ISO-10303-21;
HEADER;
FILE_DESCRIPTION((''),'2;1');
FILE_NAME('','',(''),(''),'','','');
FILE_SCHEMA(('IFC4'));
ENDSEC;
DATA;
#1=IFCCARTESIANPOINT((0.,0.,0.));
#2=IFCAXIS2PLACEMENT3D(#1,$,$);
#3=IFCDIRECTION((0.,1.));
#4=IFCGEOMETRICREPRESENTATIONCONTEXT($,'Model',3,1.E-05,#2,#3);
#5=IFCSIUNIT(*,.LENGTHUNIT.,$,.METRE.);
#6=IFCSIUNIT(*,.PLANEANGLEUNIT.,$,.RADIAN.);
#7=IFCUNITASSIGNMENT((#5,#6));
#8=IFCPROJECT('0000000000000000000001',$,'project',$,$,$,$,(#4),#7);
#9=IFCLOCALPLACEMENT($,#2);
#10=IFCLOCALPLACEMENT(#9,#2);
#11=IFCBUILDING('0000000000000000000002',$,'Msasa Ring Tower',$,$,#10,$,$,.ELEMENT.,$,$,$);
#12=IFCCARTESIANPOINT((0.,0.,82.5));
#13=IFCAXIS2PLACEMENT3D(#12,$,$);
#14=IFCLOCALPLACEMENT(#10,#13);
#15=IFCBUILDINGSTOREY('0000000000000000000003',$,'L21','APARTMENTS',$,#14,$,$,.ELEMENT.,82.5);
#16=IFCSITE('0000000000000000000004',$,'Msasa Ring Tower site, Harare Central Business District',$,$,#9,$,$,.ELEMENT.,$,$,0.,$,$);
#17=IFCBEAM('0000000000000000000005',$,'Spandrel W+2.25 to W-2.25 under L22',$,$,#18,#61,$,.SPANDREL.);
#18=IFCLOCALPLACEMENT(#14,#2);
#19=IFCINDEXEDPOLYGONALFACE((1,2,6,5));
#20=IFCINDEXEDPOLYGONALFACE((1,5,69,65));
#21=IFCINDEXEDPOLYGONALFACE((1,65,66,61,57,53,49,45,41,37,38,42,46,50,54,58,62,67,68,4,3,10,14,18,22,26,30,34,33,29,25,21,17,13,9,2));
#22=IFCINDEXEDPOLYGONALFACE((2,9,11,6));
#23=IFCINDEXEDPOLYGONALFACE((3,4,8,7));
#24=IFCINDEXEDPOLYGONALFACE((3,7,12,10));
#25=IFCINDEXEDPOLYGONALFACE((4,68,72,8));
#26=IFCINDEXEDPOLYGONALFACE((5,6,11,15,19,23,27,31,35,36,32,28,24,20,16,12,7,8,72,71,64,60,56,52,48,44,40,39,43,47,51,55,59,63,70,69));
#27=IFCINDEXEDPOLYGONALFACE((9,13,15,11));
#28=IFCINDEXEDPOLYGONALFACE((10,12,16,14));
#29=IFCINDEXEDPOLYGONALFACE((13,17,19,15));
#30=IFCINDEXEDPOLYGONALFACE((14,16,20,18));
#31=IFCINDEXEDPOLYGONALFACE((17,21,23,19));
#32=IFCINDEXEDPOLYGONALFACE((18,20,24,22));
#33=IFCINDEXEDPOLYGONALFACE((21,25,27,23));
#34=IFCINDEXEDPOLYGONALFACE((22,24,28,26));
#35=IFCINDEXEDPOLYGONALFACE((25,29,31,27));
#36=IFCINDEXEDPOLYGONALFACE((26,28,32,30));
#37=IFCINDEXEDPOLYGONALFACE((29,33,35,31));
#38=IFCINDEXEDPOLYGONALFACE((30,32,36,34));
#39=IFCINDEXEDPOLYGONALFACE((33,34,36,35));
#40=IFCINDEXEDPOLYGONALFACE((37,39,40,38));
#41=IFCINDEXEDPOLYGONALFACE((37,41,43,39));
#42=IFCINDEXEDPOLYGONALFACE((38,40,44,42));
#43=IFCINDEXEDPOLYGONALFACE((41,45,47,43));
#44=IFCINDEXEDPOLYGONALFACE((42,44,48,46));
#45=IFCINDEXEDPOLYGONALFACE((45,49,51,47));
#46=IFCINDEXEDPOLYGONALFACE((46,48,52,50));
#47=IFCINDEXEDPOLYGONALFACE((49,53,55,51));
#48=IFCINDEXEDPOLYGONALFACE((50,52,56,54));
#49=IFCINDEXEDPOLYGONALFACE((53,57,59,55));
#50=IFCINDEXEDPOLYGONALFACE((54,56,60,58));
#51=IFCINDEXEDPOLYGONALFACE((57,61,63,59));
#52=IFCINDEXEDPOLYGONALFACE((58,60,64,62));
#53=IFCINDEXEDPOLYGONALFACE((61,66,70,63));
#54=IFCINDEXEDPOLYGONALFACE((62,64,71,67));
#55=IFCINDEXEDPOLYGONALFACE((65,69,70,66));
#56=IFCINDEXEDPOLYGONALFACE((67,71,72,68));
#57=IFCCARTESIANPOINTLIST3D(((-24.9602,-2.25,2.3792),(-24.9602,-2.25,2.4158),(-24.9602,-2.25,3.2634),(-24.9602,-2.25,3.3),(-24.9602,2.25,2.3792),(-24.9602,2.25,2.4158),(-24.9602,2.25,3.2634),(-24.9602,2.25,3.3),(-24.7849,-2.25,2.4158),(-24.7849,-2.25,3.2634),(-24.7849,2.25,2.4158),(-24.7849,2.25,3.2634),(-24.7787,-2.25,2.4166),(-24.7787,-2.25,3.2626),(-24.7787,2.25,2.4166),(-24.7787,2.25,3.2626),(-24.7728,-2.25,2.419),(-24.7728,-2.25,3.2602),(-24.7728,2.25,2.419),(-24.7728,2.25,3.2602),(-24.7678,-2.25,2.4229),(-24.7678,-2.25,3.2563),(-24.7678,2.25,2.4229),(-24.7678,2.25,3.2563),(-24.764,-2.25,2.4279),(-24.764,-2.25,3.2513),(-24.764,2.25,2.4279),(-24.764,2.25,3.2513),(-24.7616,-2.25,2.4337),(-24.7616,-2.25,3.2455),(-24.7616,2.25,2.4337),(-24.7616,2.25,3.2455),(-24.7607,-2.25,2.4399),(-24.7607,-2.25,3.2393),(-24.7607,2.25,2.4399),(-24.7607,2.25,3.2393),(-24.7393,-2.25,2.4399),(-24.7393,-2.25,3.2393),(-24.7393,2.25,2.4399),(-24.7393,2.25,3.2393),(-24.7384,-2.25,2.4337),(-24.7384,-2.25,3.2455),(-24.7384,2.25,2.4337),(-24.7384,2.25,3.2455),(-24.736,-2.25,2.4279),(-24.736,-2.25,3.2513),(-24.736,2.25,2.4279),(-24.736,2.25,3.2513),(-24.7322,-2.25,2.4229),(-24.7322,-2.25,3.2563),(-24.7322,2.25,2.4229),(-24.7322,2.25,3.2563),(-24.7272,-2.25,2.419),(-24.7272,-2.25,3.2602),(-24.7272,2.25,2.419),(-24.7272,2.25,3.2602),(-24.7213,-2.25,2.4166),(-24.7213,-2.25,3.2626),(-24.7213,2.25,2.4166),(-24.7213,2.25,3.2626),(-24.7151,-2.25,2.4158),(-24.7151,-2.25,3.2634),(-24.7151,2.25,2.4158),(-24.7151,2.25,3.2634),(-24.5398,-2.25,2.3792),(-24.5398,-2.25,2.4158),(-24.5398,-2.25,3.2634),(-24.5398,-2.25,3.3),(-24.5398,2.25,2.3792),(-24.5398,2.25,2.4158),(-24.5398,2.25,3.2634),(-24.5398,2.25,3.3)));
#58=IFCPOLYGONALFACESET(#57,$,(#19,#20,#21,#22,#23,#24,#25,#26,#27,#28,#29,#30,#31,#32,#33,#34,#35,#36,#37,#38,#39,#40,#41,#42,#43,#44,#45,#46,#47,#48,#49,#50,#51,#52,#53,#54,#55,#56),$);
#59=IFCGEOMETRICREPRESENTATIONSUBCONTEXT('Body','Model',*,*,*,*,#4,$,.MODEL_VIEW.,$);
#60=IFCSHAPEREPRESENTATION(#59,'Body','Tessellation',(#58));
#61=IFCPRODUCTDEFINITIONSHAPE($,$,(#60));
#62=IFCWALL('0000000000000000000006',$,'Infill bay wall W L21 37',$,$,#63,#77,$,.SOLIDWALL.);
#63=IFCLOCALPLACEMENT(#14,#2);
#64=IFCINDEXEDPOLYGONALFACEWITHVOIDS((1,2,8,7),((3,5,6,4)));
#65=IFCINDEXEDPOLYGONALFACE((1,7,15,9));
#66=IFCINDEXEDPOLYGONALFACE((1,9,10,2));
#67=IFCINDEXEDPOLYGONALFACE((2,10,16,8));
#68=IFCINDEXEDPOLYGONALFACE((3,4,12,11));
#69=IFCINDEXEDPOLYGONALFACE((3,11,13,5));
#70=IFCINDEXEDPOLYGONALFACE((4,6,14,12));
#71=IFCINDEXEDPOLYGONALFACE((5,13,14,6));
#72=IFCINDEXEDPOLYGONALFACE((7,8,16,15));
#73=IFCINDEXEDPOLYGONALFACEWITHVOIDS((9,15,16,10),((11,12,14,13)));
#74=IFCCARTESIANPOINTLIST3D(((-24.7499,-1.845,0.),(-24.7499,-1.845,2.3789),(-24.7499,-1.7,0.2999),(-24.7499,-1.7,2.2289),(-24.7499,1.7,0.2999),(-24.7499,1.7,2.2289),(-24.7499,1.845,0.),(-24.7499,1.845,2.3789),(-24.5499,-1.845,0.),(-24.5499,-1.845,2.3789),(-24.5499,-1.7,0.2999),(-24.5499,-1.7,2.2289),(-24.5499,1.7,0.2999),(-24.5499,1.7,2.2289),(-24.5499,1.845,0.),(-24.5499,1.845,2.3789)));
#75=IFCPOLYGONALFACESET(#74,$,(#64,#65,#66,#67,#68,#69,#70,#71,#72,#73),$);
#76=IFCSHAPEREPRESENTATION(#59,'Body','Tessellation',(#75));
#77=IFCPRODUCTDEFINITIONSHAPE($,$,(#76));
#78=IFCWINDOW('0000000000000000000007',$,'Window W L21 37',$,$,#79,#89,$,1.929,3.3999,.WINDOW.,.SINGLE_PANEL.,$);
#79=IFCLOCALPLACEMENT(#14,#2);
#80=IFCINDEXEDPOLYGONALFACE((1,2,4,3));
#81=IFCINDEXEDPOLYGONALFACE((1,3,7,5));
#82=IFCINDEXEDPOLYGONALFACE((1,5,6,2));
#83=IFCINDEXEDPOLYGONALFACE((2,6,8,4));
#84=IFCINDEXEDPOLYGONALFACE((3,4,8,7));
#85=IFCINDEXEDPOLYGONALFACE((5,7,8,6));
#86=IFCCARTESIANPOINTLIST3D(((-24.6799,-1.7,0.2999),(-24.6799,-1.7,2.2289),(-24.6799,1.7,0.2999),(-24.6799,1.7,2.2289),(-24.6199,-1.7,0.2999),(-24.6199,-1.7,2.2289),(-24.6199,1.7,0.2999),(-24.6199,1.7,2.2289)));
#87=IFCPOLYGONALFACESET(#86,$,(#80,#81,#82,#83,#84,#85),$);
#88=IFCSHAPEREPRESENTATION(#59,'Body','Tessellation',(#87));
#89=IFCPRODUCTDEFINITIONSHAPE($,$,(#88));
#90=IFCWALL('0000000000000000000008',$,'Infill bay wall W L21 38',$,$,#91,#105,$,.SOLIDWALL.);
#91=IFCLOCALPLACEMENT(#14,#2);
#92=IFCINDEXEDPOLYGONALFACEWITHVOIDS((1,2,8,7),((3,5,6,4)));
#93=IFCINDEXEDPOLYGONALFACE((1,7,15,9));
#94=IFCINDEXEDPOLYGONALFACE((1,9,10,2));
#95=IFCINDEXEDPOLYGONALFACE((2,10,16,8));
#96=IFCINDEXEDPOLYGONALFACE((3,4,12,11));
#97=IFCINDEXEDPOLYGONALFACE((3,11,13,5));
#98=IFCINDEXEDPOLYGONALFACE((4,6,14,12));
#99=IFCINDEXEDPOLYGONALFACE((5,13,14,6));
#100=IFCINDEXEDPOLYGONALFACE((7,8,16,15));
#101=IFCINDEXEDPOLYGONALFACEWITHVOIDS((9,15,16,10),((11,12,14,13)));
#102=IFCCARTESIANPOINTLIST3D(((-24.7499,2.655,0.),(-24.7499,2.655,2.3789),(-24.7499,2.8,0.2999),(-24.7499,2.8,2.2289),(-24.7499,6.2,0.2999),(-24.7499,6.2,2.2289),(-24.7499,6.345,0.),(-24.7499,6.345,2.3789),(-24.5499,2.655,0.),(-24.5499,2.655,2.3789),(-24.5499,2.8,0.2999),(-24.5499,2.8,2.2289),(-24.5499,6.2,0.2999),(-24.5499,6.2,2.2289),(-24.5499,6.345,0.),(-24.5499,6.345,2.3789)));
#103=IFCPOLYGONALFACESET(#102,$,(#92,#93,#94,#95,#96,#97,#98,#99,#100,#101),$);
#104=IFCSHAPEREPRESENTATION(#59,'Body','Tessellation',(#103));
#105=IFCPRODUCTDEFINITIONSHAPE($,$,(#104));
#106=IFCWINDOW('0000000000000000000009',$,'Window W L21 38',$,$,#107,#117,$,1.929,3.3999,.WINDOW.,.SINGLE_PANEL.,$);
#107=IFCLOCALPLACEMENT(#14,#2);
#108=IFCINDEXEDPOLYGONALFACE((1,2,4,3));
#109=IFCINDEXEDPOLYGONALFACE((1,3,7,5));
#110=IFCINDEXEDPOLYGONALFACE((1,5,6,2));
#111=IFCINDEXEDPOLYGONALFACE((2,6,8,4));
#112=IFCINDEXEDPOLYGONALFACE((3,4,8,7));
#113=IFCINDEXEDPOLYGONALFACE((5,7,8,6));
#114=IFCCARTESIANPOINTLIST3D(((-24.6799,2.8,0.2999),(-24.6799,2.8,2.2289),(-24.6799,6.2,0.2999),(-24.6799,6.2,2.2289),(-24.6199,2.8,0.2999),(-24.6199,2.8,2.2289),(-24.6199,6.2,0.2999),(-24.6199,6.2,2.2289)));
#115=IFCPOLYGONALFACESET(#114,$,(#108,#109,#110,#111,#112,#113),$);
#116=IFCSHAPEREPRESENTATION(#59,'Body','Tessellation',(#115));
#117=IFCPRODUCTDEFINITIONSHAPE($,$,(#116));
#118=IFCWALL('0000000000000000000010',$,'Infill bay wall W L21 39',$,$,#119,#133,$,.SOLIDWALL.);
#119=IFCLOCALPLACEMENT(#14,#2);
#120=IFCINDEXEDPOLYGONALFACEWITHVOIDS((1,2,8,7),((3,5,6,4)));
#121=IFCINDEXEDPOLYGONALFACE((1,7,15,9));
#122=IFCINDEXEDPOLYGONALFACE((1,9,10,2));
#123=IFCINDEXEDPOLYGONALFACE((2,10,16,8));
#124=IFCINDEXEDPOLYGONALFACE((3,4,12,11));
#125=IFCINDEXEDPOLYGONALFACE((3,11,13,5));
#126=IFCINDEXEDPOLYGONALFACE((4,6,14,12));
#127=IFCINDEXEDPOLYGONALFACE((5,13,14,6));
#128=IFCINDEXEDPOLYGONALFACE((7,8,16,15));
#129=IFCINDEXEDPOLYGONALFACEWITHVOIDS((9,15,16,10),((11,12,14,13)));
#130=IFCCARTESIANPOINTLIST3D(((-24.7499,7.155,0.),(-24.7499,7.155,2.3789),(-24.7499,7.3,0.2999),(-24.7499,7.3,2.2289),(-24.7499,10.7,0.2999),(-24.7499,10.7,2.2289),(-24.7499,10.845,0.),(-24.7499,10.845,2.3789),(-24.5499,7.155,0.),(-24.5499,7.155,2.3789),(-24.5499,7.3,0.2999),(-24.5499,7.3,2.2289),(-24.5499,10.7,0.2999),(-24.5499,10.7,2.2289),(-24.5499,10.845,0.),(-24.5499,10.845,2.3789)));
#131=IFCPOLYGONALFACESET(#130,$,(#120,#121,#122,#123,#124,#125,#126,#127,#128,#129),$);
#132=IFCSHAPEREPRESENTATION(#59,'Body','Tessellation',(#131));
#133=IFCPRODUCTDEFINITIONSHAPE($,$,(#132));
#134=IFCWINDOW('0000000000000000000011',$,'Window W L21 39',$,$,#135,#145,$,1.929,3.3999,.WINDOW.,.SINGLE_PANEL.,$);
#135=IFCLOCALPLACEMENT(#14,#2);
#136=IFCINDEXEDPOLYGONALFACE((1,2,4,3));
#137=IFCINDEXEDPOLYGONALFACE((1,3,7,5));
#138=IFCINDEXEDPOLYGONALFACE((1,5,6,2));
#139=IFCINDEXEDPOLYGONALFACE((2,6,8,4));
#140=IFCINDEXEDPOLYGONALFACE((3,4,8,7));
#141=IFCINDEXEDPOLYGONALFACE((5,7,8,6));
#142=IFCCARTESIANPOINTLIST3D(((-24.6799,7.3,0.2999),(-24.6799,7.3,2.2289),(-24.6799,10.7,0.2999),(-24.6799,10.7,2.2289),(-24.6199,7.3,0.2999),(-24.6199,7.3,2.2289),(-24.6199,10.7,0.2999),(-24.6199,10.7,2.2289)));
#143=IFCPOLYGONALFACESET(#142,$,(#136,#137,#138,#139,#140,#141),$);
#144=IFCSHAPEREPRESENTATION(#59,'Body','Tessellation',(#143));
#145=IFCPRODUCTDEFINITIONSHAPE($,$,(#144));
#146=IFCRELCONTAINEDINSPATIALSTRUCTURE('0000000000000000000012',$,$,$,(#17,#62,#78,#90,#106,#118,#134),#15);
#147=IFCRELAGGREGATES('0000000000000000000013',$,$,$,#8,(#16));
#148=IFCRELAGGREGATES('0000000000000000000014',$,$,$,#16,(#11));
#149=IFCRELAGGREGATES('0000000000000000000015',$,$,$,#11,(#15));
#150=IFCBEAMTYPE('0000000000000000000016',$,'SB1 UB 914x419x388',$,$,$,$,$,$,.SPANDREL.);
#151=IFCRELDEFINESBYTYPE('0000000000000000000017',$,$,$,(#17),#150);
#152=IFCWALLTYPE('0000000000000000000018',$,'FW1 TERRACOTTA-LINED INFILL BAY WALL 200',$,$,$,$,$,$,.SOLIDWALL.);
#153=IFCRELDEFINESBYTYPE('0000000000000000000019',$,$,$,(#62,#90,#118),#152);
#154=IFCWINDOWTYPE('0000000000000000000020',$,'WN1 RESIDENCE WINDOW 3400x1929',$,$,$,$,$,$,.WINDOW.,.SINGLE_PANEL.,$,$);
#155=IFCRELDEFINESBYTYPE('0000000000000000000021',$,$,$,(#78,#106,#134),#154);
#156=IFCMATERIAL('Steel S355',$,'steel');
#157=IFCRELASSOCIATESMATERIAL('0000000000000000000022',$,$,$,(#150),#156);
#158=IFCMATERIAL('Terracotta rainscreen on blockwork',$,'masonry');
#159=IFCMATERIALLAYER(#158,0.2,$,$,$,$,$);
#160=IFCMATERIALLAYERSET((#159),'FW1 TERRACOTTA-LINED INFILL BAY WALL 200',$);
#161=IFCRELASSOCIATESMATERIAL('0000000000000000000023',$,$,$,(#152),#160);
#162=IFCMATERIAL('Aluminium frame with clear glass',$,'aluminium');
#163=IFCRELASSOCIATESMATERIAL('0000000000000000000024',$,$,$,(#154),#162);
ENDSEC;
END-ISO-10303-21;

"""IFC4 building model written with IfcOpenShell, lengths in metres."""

from ifc_helpers import new_model, si_unit, direction, frame, frame_2d, origin, origin_2d, place, context, subcontext, project, spatial, rectangle, i_section, extrude, material, layer, layer_set, material_profile, profile_set, type_object, element, fill, save


model = new_model("IFC4")

# Units and contexts
model_context = context("Model", 3, precision=1e-05, world=origin(), true_north=direction((0.0, 1.0)))
body_context = subcontext(model_context, "Body", "Model", "MODEL_VIEW")
ifc_project = project(units=[si_unit("LENGTHUNIT", "METRE"), si_unit("PLANEANGLEUNIT", "RADIAN")], contexts=[model_context])

# Site, building, storey
site_placement = place(None, origin())
site = spatial("IfcSite", under=ifc_project, at=site_placement, Name="Msasa Ring Tower site, Harare Central Business District", CompositionType="ELEMENT", RefElevation=0.0)
building_placement = place(site_placement, origin())
building = spatial("IfcBuilding", under=site, at=building_placement, Name="Msasa Ring Tower", CompositionType="ELEMENT")
storey_placement = place(building_placement, frame((0.0, 0.0, 82.5)))
storey = spatial("IfcBuildingStorey", under=building, at=storey_placement, Name="L21", Description="APARTMENTS", CompositionType="ELEMENT", Elevation=82.5)

# Beam
ifc_material_1 = material(Name="Steel S355", Category="steel")
ifc_material_profile_1 = material_profile(ifc_material_1, i_section(OverallWidth=0.4204, OverallDepth=0.9209, WebThickness=0.0215, FlangeThickness=0.0366, FilletRadius=0.0242, at=origin_2d()), Name="UB 914x419x388")
ifc_profile_set_1 = profile_set([ifc_material_profile_1], Name="Steel S355")
beam_type_1 = type_object("IfcBeamType", Name="SB1 UB 914x419x388", PredefinedType="SPANDREL", material=ifc_profile_set_1)
for number, where, z_axis, x_axis, name in (
    (1, (-24.75, 2.25, 2.8396), (0.0, -1.0, 0.0), (1.0, 0.0, 0.0), "Spandrel W+2.25 to W-2.25 under L22"),
):
    element("IfcBeam", number, at=place(storey_placement, frame(where, z_axis=z_axis, x_axis=x_axis)), inside=storey, type_object=beam_type_1, Name=name, PredefinedType="SPANDREL", context=body_context, shape_type="SweptSolid", body=[
        extrude(i_section(OverallWidth=0.4204, OverallDepth=0.9209, WebThickness=0.0215, FlangeThickness=0.0366, FilletRadius=0.0242, at=origin_2d()), origin(), (0.0, 0.0, 1.0), 4.5),
    ])

# Walls, openings, windows
ifc_material_2 = material(Name="Terracotta rainscreen on blockwork", Category="masonry")
ifc_layer_1 = layer(ifc_material_2, 0.2)
ifc_layer_set_1 = layer_set([ifc_layer_1], Name="FW1 TERRACOTTA-LINED INFILL BAY WALL 200")
wall_type_1 = type_object("IfcWallType", Name="FW1 TERRACOTTA-LINED INFILL BAY WALL 200", PredefinedType="SOLIDWALL", material=ifc_layer_set_1)
wall_1_placement = place(storey_placement, frame((-24.6499, -1.845, 0.0), z_axis=(0.0, 0.0, 1.0), x_axis=(0.0, 1.0, 0.0)))
wall_1 = element("IfcWall", 2, at=wall_1_placement, inside=storey, type_object=wall_type_1, Name="Infill bay wall W L21 37", PredefinedType="SOLIDWALL", context=body_context, shape_type="SweptSolid", body=[
    extrude(rectangle(XDim=3.6899, YDim=0.2, at=frame_2d((1.845, 0.0))), origin(), (0.0, 0.0, 1.0), 2.3789),
])
opening_1_placement = place(wall_1_placement, frame((0.145, 0.0, 0.3)))
opening_1 = element("IfcOpeningElement", 3, at=opening_1_placement, cuts=wall_1, PredefinedType="OPENING", context=body_context, shape_type="SweptSolid", body=[
    extrude(rectangle(XDim=3.3999, YDim=1.929, at=frame_2d((1.7, 0.9644))), frame((0.0, 0.1099, 0.0), z_axis=(0.0, -1.0, 0.0), x_axis=(1.0, 0.0, 0.0)), (0.0, 0.0, 1.0), 0.22),
])
ifc_material_3 = material(Name="Aluminium frame with clear glass", Category="aluminium")
window_type = type_object("IfcWindowType", Name="WN1 RESIDENCE WINDOW 3400x1929", PartitioningType="SINGLE_PANEL", PredefinedType="WINDOW", material=ifc_material_3)
window_1_placement = place(opening_1_placement, origin())
window_1 = element("IfcWindow", 4, at=window_1_placement, inside=storey, type_object=window_type, Name="Window W L21 37", OverallHeight=1.929, OverallWidth=3.3999, PartitioningType="SINGLE_PANEL", PredefinedType="WINDOW", context=body_context, shape_type="SweptSolid", body=[
    extrude(rectangle(XDim=3.3999, YDim=1.929, at=frame_2d((1.7, 0.9644))), frame((0.0, 0.03, 0.0), z_axis=(0.0, -1.0, 0.0), x_axis=(1.0, 0.0, 0.0)), (0.0, 0.0, 1.0), 0.0601),
])
fill(opening_1, window_1)
wall_2_placement = place(storey_placement, frame((-24.6499, 2.655, 0.0), z_axis=(0.0, 0.0, 1.0), x_axis=(0.0, 1.0, 0.0)))
wall_2 = element("IfcWall", 5, at=wall_2_placement, inside=storey, type_object=wall_type_1, Name="Infill bay wall W L21 38", PredefinedType="SOLIDWALL", context=body_context, shape_type="SweptSolid", body=[
    extrude(rectangle(XDim=3.6899, YDim=0.2, at=frame_2d((1.845, 0.0))), origin(), (0.0, 0.0, 1.0), 2.3789),
])
opening_2_placement = place(wall_2_placement, frame((0.145, 0.0, 0.3)))
opening_2 = element("IfcOpeningElement", 6, at=opening_2_placement, cuts=wall_2, PredefinedType="OPENING", context=body_context, shape_type="SweptSolid", body=[
    extrude(rectangle(XDim=3.3999, YDim=1.929, at=frame_2d((1.7, 0.9644))), frame((0.0, 0.1099, 0.0), z_axis=(0.0, -1.0, 0.0), x_axis=(1.0, 0.0, 0.0)), (0.0, 0.0, 1.0), 0.22),
])
window_2_placement = place(opening_2_placement, origin())
window_2 = element("IfcWindow", 7, at=window_2_placement, inside=storey, type_object=window_type, Name="Window W L21 38", OverallHeight=1.929, OverallWidth=3.3999, PartitioningType="SINGLE_PANEL", PredefinedType="WINDOW", context=body_context, shape_type="SweptSolid", body=[
    extrude(rectangle(XDim=3.3999, YDim=1.929, at=frame_2d((1.7, 0.9644))), frame((0.0, 0.03, 0.0), z_axis=(0.0, -1.0, 0.0), x_axis=(1.0, 0.0, 0.0)), (0.0, 0.0, 1.0), 0.0601),
])
fill(opening_2, window_2)
wall_3_placement = place(storey_placement, frame((-24.6499, 7.155, 0.0), z_axis=(0.0, 0.0, 1.0), x_axis=(0.0, 1.0, 0.0)))
wall_3 = element("IfcWall", 8, at=wall_3_placement, inside=storey, type_object=wall_type_1, Name="Infill bay wall W L21 39", PredefinedType="SOLIDWALL", context=body_context, shape_type="SweptSolid", body=[
    extrude(rectangle(XDim=3.6899, YDim=0.2, at=frame_2d((1.845, 0.0))), origin(), (0.0, 0.0, 1.0), 2.3789),
])
opening_3_placement = place(wall_3_placement, frame((0.145, 0.0, 0.3)))
opening_3 = element("IfcOpeningElement", 9, at=opening_3_placement, cuts=wall_3, PredefinedType="OPENING", context=body_context, shape_type="SweptSolid", body=[
    extrude(rectangle(XDim=3.3999, YDim=1.929, at=frame_2d((1.7, 0.9644))), frame((0.0, 0.1099, 0.0), z_axis=(0.0, -1.0, 0.0), x_axis=(1.0, 0.0, 0.0)), (0.0, 0.0, 1.0), 0.22),
])
window_3_placement = place(opening_3_placement, origin())
window_3 = element("IfcWindow", 10, at=window_3_placement, inside=storey, type_object=window_type, Name="Window W L21 39", OverallHeight=1.929, OverallWidth=3.3999, PartitioningType="SINGLE_PANEL", PredefinedType="WINDOW", context=body_context, shape_type="SweptSolid", body=[
    extrude(rectangle(XDim=3.3999, YDim=1.929, at=frame_2d((1.7, 0.9644))), frame((0.0, 0.03, 0.0), z_axis=(0.0, -1.0, 0.0), x_axis=(1.0, 0.0, 0.0)), (0.0, 0.0, 1.0), 0.0601),
])
fill(opening_3, window_3)

save(model, "model.ifc")
